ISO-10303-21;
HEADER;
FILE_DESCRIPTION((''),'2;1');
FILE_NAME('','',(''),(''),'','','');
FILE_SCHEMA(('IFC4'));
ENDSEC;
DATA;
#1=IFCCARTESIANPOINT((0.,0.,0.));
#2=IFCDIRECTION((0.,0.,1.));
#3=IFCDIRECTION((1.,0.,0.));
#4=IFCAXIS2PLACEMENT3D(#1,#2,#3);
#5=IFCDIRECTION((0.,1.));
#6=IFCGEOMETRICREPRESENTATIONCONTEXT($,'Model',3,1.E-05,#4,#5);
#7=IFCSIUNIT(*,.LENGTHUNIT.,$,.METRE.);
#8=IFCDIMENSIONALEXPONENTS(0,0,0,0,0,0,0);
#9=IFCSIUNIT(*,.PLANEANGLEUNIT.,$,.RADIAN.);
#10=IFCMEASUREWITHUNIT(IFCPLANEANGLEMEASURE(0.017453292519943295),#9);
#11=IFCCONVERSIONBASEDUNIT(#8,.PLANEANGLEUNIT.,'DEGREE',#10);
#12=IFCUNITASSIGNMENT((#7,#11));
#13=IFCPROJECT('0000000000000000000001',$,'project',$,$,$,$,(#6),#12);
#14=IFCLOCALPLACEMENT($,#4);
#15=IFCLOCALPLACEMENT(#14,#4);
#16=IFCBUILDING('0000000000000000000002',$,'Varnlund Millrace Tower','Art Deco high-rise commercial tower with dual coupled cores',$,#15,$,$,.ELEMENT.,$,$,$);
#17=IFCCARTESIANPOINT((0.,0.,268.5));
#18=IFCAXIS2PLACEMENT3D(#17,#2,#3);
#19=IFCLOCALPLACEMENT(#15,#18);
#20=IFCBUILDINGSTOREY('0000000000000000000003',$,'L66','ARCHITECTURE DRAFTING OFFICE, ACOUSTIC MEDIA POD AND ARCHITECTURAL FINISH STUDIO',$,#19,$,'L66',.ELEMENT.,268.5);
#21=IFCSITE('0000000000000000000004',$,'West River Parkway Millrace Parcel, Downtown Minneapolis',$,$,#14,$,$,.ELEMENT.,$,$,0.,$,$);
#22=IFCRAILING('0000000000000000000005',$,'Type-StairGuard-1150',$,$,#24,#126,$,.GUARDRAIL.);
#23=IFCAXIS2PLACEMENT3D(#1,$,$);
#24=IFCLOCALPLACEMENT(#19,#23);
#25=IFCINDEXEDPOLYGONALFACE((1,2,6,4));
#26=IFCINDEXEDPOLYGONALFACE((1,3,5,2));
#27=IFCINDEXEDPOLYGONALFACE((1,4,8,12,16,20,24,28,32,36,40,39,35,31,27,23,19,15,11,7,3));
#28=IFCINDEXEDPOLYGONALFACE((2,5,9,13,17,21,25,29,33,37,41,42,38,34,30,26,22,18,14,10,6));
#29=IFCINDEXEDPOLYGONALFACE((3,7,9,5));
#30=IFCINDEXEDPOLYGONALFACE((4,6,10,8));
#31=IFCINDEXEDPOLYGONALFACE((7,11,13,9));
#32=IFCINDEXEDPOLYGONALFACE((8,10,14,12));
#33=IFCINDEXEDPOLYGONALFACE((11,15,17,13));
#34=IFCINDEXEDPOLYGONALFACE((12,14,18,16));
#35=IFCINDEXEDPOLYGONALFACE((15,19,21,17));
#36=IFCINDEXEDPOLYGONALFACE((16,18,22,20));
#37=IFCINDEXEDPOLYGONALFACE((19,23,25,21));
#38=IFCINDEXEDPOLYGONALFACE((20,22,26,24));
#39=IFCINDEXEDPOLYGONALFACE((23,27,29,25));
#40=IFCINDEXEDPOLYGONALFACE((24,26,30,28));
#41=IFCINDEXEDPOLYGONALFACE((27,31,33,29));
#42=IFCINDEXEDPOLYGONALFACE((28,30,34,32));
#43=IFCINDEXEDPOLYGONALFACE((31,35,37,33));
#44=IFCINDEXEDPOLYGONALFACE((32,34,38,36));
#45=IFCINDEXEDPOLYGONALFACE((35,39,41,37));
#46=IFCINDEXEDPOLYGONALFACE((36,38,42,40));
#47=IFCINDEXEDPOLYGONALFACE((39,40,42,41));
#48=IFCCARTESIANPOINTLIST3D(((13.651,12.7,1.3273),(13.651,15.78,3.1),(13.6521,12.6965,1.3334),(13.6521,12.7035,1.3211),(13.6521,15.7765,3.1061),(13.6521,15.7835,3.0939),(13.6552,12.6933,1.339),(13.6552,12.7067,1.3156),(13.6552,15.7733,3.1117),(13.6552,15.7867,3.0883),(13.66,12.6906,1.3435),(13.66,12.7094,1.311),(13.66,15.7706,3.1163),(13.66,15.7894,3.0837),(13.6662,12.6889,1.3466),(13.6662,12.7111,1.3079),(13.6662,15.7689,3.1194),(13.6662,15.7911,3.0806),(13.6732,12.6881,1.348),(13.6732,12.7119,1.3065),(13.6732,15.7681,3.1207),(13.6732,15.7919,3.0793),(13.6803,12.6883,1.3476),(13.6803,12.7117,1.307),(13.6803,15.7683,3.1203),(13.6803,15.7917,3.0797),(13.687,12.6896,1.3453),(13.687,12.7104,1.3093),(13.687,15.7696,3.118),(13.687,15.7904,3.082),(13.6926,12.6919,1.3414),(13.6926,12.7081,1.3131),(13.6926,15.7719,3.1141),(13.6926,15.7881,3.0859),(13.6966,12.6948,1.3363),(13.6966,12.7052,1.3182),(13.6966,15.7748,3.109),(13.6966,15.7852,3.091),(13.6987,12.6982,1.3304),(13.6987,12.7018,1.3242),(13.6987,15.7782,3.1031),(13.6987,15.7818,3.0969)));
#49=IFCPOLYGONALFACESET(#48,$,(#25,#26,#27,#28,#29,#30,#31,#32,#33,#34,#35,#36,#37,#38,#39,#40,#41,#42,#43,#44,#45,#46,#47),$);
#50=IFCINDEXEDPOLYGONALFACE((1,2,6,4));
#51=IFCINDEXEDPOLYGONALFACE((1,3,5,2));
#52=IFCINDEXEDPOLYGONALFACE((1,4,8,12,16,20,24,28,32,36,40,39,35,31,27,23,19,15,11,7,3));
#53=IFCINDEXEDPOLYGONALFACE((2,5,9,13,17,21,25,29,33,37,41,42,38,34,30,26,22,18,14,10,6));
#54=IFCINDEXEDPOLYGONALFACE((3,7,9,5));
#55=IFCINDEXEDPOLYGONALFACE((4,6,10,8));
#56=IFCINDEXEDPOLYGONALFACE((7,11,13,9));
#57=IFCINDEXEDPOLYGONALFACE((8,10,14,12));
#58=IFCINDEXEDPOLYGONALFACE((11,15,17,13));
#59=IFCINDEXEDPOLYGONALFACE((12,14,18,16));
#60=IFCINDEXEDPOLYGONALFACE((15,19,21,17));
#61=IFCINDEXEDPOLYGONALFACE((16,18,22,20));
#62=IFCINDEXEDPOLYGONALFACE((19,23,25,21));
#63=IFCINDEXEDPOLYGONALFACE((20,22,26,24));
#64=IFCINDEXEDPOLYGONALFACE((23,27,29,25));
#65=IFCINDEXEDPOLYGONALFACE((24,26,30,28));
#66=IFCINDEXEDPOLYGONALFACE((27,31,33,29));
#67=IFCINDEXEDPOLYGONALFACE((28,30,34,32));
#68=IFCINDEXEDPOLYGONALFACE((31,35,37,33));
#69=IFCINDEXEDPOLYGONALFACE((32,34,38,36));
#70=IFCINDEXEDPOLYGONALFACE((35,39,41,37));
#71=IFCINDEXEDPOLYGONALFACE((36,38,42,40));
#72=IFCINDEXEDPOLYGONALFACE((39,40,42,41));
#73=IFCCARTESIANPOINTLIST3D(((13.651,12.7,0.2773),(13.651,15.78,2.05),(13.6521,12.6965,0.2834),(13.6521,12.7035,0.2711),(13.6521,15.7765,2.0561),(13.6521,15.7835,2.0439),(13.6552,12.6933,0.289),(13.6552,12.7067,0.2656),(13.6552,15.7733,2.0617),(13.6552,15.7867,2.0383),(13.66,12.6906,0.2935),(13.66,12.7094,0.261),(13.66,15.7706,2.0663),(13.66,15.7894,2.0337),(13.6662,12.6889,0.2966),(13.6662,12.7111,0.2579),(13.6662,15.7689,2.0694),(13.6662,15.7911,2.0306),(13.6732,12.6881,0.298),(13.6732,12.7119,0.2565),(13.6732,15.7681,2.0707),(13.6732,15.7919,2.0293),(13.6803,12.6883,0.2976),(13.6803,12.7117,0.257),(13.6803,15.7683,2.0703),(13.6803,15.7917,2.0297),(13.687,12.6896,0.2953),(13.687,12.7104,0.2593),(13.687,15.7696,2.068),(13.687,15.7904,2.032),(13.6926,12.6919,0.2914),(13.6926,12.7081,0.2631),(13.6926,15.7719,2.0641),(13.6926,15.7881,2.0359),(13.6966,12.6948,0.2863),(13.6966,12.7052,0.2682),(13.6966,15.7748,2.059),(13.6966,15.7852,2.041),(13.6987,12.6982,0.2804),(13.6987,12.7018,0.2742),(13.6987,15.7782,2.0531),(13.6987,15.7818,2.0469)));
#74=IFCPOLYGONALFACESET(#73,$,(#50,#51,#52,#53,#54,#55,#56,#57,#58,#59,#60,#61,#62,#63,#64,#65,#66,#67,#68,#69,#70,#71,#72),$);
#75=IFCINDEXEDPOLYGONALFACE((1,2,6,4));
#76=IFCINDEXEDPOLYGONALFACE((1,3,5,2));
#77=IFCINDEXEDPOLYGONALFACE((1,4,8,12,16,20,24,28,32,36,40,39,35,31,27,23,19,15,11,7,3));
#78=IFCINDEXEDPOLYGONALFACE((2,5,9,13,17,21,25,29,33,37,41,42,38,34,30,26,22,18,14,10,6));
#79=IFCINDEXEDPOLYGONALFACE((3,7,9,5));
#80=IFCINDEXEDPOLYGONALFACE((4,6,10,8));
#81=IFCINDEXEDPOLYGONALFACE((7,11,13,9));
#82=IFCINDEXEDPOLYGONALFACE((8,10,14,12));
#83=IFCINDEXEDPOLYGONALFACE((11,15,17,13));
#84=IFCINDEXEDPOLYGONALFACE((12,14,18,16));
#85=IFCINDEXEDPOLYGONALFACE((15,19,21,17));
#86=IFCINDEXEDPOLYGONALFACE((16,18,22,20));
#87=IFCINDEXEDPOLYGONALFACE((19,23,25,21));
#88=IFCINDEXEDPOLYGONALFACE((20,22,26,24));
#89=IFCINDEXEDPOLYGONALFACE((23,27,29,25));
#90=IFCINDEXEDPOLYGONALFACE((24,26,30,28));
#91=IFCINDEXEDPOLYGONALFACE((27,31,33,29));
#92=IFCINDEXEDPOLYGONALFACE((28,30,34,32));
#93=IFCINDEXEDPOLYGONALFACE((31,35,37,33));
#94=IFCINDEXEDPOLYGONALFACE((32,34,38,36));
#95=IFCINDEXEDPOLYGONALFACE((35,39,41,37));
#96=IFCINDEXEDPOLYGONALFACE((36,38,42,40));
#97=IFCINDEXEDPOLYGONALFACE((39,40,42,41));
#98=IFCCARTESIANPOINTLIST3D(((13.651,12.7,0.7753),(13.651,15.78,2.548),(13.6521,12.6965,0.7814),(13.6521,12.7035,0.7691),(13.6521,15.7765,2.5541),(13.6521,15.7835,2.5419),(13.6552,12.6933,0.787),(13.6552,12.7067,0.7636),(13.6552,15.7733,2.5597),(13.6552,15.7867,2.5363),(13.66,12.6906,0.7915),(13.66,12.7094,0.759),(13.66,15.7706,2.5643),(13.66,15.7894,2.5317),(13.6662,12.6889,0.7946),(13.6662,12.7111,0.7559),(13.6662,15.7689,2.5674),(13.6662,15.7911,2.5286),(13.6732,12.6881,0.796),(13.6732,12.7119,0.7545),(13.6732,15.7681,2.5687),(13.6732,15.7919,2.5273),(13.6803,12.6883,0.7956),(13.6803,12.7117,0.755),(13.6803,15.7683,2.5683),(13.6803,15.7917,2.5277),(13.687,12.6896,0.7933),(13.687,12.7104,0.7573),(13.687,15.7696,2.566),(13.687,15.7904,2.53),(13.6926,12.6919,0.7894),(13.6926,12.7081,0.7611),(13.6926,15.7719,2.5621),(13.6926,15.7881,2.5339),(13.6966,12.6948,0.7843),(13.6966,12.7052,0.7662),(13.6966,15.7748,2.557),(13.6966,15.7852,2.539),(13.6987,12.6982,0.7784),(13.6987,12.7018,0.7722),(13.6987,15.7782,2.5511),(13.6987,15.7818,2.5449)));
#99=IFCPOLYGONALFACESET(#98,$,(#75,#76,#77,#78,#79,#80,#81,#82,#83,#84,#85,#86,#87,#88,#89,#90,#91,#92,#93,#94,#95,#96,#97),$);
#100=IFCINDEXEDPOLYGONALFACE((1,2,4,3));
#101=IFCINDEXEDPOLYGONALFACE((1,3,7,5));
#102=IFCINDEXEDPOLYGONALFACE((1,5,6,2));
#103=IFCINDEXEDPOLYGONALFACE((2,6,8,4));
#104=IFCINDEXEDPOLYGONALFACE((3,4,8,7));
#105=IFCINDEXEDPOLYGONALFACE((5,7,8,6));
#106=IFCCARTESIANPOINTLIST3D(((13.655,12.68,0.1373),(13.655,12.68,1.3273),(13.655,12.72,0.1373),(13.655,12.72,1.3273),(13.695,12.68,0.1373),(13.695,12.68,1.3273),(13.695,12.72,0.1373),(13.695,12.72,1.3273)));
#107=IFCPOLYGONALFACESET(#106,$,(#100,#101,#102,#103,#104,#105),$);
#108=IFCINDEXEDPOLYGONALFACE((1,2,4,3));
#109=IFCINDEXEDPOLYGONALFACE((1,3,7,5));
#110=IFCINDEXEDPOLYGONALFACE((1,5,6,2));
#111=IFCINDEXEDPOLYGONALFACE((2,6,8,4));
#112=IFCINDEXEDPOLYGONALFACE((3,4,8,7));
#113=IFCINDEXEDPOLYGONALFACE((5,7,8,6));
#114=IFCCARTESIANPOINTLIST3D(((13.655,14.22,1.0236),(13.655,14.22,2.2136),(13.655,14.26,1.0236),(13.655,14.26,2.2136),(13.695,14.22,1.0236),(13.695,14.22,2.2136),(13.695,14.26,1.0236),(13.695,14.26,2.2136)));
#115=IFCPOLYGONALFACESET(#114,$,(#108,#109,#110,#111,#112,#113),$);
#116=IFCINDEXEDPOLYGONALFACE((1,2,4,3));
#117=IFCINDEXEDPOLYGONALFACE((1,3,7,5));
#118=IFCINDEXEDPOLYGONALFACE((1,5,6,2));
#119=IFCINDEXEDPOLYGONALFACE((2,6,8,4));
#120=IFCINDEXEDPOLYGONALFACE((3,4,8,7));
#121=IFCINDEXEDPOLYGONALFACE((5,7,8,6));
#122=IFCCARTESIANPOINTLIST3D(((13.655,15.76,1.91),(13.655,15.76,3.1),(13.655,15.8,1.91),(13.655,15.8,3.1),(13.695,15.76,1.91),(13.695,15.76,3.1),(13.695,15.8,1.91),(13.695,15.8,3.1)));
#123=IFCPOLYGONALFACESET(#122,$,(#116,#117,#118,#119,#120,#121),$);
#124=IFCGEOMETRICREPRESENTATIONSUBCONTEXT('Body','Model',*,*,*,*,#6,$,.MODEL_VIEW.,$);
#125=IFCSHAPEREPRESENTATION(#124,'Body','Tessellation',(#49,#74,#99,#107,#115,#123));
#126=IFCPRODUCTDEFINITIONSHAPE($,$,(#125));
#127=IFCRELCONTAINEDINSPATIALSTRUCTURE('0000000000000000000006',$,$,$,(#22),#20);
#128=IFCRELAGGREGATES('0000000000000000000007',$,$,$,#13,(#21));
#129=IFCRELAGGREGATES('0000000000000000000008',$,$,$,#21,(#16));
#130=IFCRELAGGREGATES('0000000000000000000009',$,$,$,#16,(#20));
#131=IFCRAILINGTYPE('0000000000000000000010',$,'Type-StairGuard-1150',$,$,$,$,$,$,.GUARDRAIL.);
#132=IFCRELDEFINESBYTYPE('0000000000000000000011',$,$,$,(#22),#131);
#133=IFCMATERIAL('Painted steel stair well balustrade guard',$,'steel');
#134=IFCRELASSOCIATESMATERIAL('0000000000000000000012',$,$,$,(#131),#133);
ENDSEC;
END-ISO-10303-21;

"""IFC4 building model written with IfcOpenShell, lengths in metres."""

from ifc_helpers import new_model, entity, si_unit, converted_unit, direction, frame, origin_with_axes, origin_2d_with_axis, place, context, subcontext, project, spatial, rectangle, circle, extrude, material, type_object, element, save


model = new_model("IFC4")

# Units and contexts
model_context = context("Model", 3, precision=1e-05, world=origin_with_axes(), true_north=direction((0.0, 1.0)))
body_context = subcontext(model_context, "Body", "Model", "MODEL_VIEW")
ifc_project = project(units=[si_unit("LENGTHUNIT", "METRE"), converted_unit("PLANEANGLEUNIT", "DEGREE", entity("IfcPlaneAngleMeasure", 0.017453292519943295), si_unit("PLANEANGLEUNIT", "RADIAN"), dimensions=[0, 0, 0, 0, 0, 0, 0])], contexts=[model_context])

# Site, building, storey
site_placement = place(None, origin_with_axes())
site = spatial("IfcSite", under=ifc_project, at=site_placement, Name="West River Parkway Millrace Parcel, Downtown Minneapolis", CompositionType="ELEMENT", RefElevation=0.0)
building_placement = place(site_placement, origin_with_axes())
building = spatial("IfcBuilding", under=site, at=building_placement, Name="Varnlund Millrace Tower", Description="Art Deco high-rise commercial tower with dual coupled cores", CompositionType="ELEMENT")
storey_placement = place(building_placement, frame((0.0, 0.0, 268.5), z_axis=(0.0, 0.0, 1.0), x_axis=(1.0, 0.0, 0.0)))
storey = spatial("IfcBuildingStorey", under=building, at=storey_placement, Name="L66", Description="ARCHITECTURE DRAFTING OFFICE, ACOUSTIC MEDIA POD AND ARCHITECTURAL FINISH STUDIO", LongName="L66", CompositionType="ELEMENT", Elevation=268.5)

# Railing
ifc_material_1 = material(Name="Painted steel stair well balustrade guard", Category="steel")
railing_type_1 = type_object("IfcRailingType", Name="Type-StairGuard-1150", PredefinedType="GUARDRAIL", material=ifc_material_1)
railing_1_placement = place(storey_placement, frame((0.0, 0.0, -268.5), z_axis=(0.0, 0.0, 1.0), x_axis=(1.0, 0.0, 0.0)))
element("IfcRailing", 1, at=railing_1_placement, inside=storey, type_object=railing_type_1, Name="Type-StairGuard-1150", PredefinedType="GUARDRAIL", context=body_context, shape_type="SweptSolid", body=[
    extrude(circle(Radius=0.024, at=origin_2d_with_axis()), frame((13.675, 12.7, 269.8273), z_axis=(0.0, 0.866696, 0.498836), x_axis=(-1.0, 0.0, 0.0)), (0.0, 0.0, 1.0), 3.5537),
    extrude(circle(Radius=0.024, at=origin_2d_with_axis()), frame((13.675, 12.7, 268.7773), z_axis=(0.0, 0.866696, 0.498836), x_axis=(-1.0, 0.0, 0.0)), (0.0, 0.0, 1.0), 3.5537),
    extrude(circle(Radius=0.024, at=origin_2d_with_axis()), frame((13.675, 12.7, 269.2753), z_axis=(0.0, 0.866696, 0.498836), x_axis=(-1.0, 0.0, 0.0)), (0.0, 0.0, 1.0), 3.5537),
    extrude(rectangle(XDim=0.04, YDim=0.04, at=origin_2d_with_axis()), frame((13.675, 12.7, 268.6373), z_axis=(0.0, 0.0, 1.0), x_axis=(1.0, 0.0, 0.0)), (0.0, 0.0, 1.0), 1.19),
    extrude(rectangle(XDim=0.04, YDim=0.04, at=origin_2d_with_axis()), frame((13.675, 14.24, 269.5236), z_axis=(0.0, 0.0, 1.0), x_axis=(1.0, 0.0, 0.0)), (0.0, 0.0, 1.0), 1.19),
    extrude(rectangle(XDim=0.04, YDim=0.04, at=origin_2d_with_axis()), frame((13.675, 15.78, 270.41), z_axis=(0.0, 0.0, 1.0), x_axis=(1.0, 0.0, 0.0)), (0.0, 0.0, 1.0), 1.19),
])

save(model, "model.ifc")
